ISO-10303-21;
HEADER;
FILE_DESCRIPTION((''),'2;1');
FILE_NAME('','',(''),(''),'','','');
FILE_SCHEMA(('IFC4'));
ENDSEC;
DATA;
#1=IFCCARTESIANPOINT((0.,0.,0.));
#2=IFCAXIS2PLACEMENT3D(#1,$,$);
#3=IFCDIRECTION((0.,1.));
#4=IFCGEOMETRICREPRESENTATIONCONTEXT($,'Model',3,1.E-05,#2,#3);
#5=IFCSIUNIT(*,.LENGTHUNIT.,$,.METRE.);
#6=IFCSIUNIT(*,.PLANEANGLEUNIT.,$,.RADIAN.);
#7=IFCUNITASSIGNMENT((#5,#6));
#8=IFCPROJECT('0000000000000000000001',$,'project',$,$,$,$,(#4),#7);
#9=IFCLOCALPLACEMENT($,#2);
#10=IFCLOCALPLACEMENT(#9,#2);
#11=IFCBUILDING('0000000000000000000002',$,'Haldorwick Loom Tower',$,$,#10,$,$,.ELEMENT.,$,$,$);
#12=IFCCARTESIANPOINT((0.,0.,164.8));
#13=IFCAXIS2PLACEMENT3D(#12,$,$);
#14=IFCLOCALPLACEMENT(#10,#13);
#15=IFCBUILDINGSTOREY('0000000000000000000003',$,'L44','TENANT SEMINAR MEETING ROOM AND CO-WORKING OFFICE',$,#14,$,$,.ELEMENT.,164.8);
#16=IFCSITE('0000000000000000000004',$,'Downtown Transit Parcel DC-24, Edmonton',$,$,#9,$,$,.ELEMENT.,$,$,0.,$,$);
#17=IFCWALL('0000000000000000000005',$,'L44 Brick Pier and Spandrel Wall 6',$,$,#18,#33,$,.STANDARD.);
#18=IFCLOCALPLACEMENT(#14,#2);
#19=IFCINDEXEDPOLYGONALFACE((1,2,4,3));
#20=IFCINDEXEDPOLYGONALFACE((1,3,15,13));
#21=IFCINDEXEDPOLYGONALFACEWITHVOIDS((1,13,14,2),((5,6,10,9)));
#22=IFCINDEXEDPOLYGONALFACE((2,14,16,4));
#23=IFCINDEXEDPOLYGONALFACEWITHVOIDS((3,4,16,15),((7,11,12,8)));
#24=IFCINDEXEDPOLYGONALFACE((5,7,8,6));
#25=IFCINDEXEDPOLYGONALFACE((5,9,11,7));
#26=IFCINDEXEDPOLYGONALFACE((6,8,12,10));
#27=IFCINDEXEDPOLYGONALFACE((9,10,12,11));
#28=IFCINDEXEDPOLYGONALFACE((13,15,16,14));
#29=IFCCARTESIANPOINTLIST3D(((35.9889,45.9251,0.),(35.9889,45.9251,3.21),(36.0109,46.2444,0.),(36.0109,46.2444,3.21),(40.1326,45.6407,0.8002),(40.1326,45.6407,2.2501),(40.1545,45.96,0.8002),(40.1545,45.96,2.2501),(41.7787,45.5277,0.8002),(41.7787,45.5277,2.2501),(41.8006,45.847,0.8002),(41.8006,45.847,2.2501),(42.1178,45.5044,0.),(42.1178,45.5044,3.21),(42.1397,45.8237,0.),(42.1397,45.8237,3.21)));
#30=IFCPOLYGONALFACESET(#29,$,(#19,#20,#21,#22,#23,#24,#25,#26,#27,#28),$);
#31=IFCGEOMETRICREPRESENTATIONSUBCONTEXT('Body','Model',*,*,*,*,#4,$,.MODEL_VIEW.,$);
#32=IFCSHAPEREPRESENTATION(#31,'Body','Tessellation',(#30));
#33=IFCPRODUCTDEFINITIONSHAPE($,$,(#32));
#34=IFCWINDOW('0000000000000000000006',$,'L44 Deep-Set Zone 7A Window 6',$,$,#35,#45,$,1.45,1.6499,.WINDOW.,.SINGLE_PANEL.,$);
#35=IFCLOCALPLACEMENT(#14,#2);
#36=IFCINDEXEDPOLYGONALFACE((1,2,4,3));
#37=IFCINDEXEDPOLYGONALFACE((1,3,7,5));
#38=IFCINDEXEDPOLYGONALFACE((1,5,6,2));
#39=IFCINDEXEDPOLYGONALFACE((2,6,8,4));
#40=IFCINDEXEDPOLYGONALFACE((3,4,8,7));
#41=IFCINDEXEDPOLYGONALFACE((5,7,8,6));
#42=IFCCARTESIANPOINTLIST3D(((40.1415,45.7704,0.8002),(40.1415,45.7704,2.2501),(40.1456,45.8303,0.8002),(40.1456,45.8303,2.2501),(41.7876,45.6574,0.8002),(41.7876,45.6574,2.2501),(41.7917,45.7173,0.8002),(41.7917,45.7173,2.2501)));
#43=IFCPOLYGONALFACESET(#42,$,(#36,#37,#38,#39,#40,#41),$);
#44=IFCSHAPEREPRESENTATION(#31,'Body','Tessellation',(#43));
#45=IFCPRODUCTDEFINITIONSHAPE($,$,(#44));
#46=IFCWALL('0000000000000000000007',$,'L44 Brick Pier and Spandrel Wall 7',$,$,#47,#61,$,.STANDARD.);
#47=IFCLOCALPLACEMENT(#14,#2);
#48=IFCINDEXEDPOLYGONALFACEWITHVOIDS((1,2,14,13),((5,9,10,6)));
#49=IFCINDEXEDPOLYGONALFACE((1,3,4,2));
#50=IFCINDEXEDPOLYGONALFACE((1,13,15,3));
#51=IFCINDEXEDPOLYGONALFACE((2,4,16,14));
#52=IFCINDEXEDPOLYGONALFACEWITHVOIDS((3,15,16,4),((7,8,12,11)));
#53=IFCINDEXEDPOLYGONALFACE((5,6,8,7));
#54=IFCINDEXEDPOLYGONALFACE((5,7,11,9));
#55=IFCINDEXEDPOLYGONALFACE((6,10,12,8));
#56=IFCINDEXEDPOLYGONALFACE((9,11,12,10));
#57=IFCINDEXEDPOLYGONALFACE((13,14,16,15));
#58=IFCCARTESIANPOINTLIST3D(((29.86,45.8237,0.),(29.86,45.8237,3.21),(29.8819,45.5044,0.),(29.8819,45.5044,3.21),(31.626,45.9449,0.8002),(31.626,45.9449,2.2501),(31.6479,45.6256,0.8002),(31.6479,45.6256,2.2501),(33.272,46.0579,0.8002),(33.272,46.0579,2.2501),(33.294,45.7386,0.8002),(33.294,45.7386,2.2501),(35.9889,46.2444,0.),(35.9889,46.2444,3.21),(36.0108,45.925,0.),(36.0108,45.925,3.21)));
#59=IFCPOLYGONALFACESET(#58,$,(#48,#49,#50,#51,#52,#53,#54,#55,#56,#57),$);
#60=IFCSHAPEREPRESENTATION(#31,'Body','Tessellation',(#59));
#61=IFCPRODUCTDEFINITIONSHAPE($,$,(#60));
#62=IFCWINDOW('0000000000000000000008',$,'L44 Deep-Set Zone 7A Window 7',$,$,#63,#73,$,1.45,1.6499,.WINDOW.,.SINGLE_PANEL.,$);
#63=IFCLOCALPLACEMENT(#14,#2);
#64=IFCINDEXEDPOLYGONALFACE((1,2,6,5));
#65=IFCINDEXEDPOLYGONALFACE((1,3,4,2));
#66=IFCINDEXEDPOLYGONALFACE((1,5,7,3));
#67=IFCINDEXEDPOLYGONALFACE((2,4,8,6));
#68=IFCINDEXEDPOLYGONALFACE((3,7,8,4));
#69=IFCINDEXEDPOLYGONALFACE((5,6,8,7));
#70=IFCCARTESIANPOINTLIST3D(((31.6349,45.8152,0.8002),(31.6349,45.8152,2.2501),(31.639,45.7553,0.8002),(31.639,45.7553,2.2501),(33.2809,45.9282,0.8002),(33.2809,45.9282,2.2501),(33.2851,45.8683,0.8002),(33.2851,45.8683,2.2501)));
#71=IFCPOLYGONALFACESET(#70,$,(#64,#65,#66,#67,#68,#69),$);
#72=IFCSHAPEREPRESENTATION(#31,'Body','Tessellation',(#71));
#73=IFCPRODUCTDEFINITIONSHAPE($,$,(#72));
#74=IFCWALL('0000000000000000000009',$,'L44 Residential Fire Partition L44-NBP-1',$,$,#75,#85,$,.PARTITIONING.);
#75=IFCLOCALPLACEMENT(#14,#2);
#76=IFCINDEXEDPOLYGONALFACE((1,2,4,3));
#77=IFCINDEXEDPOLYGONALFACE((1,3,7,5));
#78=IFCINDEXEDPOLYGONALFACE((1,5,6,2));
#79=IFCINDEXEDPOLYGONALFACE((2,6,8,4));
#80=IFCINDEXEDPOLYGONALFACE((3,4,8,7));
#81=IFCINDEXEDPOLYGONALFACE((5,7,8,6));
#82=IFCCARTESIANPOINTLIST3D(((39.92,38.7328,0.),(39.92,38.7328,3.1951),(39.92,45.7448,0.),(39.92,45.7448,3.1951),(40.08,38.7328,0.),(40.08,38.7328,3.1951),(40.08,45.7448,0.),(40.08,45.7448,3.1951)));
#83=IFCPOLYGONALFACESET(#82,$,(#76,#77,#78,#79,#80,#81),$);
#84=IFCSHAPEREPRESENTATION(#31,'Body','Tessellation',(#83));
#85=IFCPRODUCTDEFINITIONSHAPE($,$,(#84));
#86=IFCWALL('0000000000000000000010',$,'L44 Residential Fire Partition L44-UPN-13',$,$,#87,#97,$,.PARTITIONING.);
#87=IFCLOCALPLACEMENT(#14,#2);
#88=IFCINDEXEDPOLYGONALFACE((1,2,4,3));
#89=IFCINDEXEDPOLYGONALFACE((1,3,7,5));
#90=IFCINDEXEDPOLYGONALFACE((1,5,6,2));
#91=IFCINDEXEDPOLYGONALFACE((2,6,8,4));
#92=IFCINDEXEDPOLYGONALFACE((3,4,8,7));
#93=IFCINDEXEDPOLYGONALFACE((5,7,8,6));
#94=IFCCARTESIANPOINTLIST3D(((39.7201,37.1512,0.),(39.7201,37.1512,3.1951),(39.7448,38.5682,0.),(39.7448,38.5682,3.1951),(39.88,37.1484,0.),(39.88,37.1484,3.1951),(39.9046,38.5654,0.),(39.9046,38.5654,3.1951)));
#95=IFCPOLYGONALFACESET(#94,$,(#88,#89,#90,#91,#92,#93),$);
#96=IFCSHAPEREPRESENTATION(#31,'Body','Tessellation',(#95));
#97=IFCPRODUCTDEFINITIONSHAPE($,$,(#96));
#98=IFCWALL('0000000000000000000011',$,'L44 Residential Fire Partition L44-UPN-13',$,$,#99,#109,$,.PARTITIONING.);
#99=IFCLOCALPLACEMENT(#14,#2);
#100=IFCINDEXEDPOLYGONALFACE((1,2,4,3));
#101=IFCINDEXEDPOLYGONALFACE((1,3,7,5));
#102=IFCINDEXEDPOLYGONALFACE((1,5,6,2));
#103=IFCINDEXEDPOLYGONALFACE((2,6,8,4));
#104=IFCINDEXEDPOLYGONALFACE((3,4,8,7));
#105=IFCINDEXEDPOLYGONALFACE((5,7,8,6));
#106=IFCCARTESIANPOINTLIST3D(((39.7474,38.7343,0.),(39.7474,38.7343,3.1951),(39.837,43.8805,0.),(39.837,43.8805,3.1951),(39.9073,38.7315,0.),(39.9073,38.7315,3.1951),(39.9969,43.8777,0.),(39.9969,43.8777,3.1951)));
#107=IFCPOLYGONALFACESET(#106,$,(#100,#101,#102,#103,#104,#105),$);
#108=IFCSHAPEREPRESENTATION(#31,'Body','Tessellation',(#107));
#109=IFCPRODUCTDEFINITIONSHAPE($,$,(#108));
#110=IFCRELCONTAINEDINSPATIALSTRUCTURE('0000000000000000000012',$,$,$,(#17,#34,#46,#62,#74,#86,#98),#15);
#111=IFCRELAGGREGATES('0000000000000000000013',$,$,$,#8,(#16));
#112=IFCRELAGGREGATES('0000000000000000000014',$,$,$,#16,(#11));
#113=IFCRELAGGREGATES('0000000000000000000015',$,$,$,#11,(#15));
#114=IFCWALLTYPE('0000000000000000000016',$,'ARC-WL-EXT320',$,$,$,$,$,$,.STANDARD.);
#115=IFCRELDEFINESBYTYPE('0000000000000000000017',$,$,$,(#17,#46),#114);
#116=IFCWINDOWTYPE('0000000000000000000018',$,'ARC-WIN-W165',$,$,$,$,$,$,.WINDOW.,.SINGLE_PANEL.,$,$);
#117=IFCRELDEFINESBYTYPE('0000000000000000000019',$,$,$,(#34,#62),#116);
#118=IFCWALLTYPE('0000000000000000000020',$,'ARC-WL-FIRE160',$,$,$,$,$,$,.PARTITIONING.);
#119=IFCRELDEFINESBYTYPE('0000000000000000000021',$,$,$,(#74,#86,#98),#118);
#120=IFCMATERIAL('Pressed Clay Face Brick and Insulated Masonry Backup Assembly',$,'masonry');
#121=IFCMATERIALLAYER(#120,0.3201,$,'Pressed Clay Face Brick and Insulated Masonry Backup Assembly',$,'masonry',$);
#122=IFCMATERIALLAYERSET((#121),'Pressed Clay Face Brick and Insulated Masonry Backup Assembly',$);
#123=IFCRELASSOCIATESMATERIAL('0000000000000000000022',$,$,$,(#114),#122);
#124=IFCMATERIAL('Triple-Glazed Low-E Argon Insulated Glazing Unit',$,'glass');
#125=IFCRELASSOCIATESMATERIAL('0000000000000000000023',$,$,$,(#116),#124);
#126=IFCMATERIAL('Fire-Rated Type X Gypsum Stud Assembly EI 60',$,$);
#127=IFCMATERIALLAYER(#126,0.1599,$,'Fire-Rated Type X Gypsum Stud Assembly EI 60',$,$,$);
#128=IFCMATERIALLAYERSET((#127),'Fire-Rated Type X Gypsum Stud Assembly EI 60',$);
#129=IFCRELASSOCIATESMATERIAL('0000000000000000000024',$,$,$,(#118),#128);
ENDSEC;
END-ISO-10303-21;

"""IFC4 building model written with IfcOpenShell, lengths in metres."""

from ifc_helpers import new_model, si_unit, direction, frame, frame_2d, origin, place, context, subcontext, project, spatial, rectangle, extrude, material, layer, layer_set, type_object, element, fill, save


model = new_model("IFC4")

# Units and contexts
model_context = context("Model", 3, precision=1e-05, world=origin(), true_north=direction((0.0, 1.0)))
body_context = subcontext(model_context, "Body", "Model", "MODEL_VIEW")
ifc_project = project(units=[si_unit("LENGTHUNIT", "METRE"), si_unit("PLANEANGLEUNIT", "RADIAN")], contexts=[model_context])

# Site, building, storey
site_placement = place(None, origin())
site = spatial("IfcSite", under=ifc_project, at=site_placement, Name="Downtown Transit Parcel DC-24, Edmonton", CompositionType="ELEMENT", RefElevation=0.0)
building_placement = place(site_placement, origin())
building = spatial("IfcBuilding", under=site, at=building_placement, Name="Haldorwick Loom Tower", CompositionType="ELEMENT")
storey_placement = place(building_placement, frame((0.0, 0.0, 164.8)))
storey = spatial("IfcBuildingStorey", under=building, at=storey_placement, Name="L44", Description="TENANT SEMINAR MEETING ROOM AND CO-WORKING OFFICE", CompositionType="ELEMENT", Elevation=164.8)

# Walls, openings, windows
ifc_material_1 = material(Name="Pressed Clay Face Brick and Insulated Masonry Backup Assembly", Category="masonry")
ifc_layer_1 = layer(ifc_material_1, 0.3201, Name="Pressed Clay Face Brick and Insulated Masonry Backup Assembly", Category="masonry")
ifc_layer_set_1 = layer_set([ifc_layer_1], Name="Pressed Clay Face Brick and Insulated Masonry Backup Assembly")
wall_type_1 = type_object("IfcWallType", Name="ARC-WL-EXT320", PredefinedType="STANDARD", material=ifc_layer_set_1)
wall_1_placement = place(storey_placement, frame((42.1289, 45.6641, 0.0), z_axis=(0.0, 0.0, 1.0), x_axis=(-0.997653, 0.068473, 0.0)))
wall_1 = element("IfcWall", 1, at=wall_1_placement, inside=storey, type_object=wall_type_1, Name="L44 Brick Pier and Spandrel Wall 6", PredefinedType="STANDARD", context=body_context, shape_type="SweptSolid", body=[
    extrude(rectangle(XDim=6.1433, YDim=0.3201, at=frame_2d((3.0718, 0.0))), origin(), (0.0, 0.0, 1.0), 3.21),
])
opening_1_placement = place(wall_1_placement, frame((0.3401, 0.0, 0.8)))
opening_1 = element("IfcOpeningElement", 2, at=opening_1_placement, cuts=wall_1, PredefinedType="OPENING", context=body_context, shape_type="SweptSolid", body=[
    extrude(rectangle(XDim=1.6499, YDim=1.45, at=frame_2d((0.825, 0.7251))), frame((0.0, 0.1699, 0.0), z_axis=(0.0, -1.0, 0.0), x_axis=(1.0, 0.0, 0.0)), (0.0, 0.0, 1.0), 0.3401),
])
ifc_material_2 = material(Name="Triple-Glazed Low-E Argon Insulated Glazing Unit", Category="glass")
window_type = type_object("IfcWindowType", Name="ARC-WIN-W165", PartitioningType="SINGLE_PANEL", PredefinedType="WINDOW", material=ifc_material_2)
window_1_placement = place(opening_1_placement, origin())
window_1 = element("IfcWindow", 3, at=window_1_placement, inside=storey, type_object=window_type, Name="L44 Deep-Set Zone 7A Window 6", OverallHeight=1.45, OverallWidth=1.6499, PartitioningType="SINGLE_PANEL", PredefinedType="WINDOW", context=body_context, shape_type="SweptSolid", body=[
    extrude(rectangle(XDim=1.6499, YDim=1.45, at=frame_2d((0.825, 0.7251))), frame((0.0, 0.03, 0.0), z_axis=(0.0, -1.0, 0.0), x_axis=(1.0, 0.0, 0.0)), (0.0, 0.0, 1.0), 0.0601),
])
fill(opening_1, window_1)
wall_2_placement = place(storey_placement, frame((36.0, 46.0847, 0.0), z_axis=(0.0, 0.0, 1.0), x_axis=(-0.997653, -0.068473, 0.0)))
wall_2 = element("IfcWall", 4, at=wall_2_placement, inside=storey, type_object=wall_type_1, Name="L44 Brick Pier and Spandrel Wall 7", PredefinedType="STANDARD", context=body_context, shape_type="SweptSolid", body=[
    extrude(rectangle(XDim=6.1433, YDim=0.3201, at=frame_2d((3.0718, 0.0))), origin(), (0.0, 0.0, 1.0), 3.21),
])
opening_2_placement = place(wall_2_placement, frame((2.7234, 0.0, 0.8)))
opening_2 = element("IfcOpeningElement", 5, at=opening_2_placement, cuts=wall_2, PredefinedType="OPENING", context=body_context, shape_type="SweptSolid", body=[
    extrude(rectangle(XDim=1.6499, YDim=1.45, at=frame_2d((0.825, 0.7251))), frame((0.0, 0.1699, 0.0), z_axis=(0.0, -1.0, 0.0), x_axis=(1.0, 0.0, 0.0)), (0.0, 0.0, 1.0), 0.3401),
])
window_2_placement = place(opening_2_placement, origin())
window_2 = element("IfcWindow", 6, at=window_2_placement, inside=storey, type_object=window_type, Name="L44 Deep-Set Zone 7A Window 7", OverallHeight=1.45, OverallWidth=1.6499, PartitioningType="SINGLE_PANEL", PredefinedType="WINDOW", context=body_context, shape_type="SweptSolid", body=[
    extrude(rectangle(XDim=1.6499, YDim=1.45, at=frame_2d((0.825, 0.7251))), frame((0.0, 0.03, 0.0), z_axis=(0.0, -1.0, 0.0), x_axis=(1.0, 0.0, 0.0)), (0.0, 0.0, 1.0), 0.0601),
])
fill(opening_2, window_2)

# Walls
ifc_material_3 = material(Name="Fire-Rated Type X Gypsum Stud Assembly EI 60")
ifc_layer_2 = layer(ifc_material_3, 0.1599, Name="Fire-Rated Type X Gypsum Stud Assembly EI 60")
ifc_layer_set_2 = layer_set([ifc_layer_2], Name="Fire-Rated Type X Gypsum Stud Assembly EI 60")
wall_type_2 = type_object("IfcWallType", Name="ARC-WL-FIRE160", PredefinedType="PARTITIONING", material=ifc_layer_set_2)
wall_3_placement = place(storey_placement, frame((40.0, 38.7329, 0.0), z_axis=(0.0, 0.0, 1.0), x_axis=(0.0, 1.0, 0.0)))
element("IfcWall", 7, at=wall_3_placement, inside=storey, type_object=wall_type_2, Name="L44 Residential Fire Partition L44-NBP-1", PredefinedType="PARTITIONING", context=body_context, shape_type="SweptSolid", body=[
    extrude(rectangle(XDim=7.012, YDim=0.1599, at=frame_2d((3.5059, 0.0))), origin(), (0.0, 0.0, 1.0), 3.1951),
])
wall_4_placement = place(storey_placement, frame((39.8, 37.1499, 0.0), z_axis=(0.0, 0.0, 1.0), x_axis=(0.017399, 0.999849, 0.0)))
element("IfcWall", 8, at=wall_4_placement, inside=storey, type_object=wall_type_2, Name="L44 Residential Fire Partition L44-UPN-13", PredefinedType="PARTITIONING", context=body_context, shape_type="SweptSolid", body=[
    extrude(rectangle(XDim=1.4172, YDim=0.1599, at=frame_2d((0.7085, 0.0))), origin(), (0.0, 0.0, 1.0), 3.1951),
])
wall_5_placement = place(storey_placement, frame((39.8274, 38.7329, 0.0), z_axis=(0.0, 0.0, 1.0), x_axis=(0.017408, 0.999848, 0.0)))
element("IfcWall", 9, at=wall_5_placement, inside=storey, type_object=wall_type_2, Name="L44 Residential Fire Partition L44-UPN-13", PredefinedType="PARTITIONING", context=body_context, shape_type="SweptSolid", body=[
    extrude(rectangle(XDim=5.147, YDim=0.1599, at=frame_2d((2.5735, 0.0))), origin(), (0.0, 0.0, 1.0), 3.1951),
])

save(model, "model.ifc")
